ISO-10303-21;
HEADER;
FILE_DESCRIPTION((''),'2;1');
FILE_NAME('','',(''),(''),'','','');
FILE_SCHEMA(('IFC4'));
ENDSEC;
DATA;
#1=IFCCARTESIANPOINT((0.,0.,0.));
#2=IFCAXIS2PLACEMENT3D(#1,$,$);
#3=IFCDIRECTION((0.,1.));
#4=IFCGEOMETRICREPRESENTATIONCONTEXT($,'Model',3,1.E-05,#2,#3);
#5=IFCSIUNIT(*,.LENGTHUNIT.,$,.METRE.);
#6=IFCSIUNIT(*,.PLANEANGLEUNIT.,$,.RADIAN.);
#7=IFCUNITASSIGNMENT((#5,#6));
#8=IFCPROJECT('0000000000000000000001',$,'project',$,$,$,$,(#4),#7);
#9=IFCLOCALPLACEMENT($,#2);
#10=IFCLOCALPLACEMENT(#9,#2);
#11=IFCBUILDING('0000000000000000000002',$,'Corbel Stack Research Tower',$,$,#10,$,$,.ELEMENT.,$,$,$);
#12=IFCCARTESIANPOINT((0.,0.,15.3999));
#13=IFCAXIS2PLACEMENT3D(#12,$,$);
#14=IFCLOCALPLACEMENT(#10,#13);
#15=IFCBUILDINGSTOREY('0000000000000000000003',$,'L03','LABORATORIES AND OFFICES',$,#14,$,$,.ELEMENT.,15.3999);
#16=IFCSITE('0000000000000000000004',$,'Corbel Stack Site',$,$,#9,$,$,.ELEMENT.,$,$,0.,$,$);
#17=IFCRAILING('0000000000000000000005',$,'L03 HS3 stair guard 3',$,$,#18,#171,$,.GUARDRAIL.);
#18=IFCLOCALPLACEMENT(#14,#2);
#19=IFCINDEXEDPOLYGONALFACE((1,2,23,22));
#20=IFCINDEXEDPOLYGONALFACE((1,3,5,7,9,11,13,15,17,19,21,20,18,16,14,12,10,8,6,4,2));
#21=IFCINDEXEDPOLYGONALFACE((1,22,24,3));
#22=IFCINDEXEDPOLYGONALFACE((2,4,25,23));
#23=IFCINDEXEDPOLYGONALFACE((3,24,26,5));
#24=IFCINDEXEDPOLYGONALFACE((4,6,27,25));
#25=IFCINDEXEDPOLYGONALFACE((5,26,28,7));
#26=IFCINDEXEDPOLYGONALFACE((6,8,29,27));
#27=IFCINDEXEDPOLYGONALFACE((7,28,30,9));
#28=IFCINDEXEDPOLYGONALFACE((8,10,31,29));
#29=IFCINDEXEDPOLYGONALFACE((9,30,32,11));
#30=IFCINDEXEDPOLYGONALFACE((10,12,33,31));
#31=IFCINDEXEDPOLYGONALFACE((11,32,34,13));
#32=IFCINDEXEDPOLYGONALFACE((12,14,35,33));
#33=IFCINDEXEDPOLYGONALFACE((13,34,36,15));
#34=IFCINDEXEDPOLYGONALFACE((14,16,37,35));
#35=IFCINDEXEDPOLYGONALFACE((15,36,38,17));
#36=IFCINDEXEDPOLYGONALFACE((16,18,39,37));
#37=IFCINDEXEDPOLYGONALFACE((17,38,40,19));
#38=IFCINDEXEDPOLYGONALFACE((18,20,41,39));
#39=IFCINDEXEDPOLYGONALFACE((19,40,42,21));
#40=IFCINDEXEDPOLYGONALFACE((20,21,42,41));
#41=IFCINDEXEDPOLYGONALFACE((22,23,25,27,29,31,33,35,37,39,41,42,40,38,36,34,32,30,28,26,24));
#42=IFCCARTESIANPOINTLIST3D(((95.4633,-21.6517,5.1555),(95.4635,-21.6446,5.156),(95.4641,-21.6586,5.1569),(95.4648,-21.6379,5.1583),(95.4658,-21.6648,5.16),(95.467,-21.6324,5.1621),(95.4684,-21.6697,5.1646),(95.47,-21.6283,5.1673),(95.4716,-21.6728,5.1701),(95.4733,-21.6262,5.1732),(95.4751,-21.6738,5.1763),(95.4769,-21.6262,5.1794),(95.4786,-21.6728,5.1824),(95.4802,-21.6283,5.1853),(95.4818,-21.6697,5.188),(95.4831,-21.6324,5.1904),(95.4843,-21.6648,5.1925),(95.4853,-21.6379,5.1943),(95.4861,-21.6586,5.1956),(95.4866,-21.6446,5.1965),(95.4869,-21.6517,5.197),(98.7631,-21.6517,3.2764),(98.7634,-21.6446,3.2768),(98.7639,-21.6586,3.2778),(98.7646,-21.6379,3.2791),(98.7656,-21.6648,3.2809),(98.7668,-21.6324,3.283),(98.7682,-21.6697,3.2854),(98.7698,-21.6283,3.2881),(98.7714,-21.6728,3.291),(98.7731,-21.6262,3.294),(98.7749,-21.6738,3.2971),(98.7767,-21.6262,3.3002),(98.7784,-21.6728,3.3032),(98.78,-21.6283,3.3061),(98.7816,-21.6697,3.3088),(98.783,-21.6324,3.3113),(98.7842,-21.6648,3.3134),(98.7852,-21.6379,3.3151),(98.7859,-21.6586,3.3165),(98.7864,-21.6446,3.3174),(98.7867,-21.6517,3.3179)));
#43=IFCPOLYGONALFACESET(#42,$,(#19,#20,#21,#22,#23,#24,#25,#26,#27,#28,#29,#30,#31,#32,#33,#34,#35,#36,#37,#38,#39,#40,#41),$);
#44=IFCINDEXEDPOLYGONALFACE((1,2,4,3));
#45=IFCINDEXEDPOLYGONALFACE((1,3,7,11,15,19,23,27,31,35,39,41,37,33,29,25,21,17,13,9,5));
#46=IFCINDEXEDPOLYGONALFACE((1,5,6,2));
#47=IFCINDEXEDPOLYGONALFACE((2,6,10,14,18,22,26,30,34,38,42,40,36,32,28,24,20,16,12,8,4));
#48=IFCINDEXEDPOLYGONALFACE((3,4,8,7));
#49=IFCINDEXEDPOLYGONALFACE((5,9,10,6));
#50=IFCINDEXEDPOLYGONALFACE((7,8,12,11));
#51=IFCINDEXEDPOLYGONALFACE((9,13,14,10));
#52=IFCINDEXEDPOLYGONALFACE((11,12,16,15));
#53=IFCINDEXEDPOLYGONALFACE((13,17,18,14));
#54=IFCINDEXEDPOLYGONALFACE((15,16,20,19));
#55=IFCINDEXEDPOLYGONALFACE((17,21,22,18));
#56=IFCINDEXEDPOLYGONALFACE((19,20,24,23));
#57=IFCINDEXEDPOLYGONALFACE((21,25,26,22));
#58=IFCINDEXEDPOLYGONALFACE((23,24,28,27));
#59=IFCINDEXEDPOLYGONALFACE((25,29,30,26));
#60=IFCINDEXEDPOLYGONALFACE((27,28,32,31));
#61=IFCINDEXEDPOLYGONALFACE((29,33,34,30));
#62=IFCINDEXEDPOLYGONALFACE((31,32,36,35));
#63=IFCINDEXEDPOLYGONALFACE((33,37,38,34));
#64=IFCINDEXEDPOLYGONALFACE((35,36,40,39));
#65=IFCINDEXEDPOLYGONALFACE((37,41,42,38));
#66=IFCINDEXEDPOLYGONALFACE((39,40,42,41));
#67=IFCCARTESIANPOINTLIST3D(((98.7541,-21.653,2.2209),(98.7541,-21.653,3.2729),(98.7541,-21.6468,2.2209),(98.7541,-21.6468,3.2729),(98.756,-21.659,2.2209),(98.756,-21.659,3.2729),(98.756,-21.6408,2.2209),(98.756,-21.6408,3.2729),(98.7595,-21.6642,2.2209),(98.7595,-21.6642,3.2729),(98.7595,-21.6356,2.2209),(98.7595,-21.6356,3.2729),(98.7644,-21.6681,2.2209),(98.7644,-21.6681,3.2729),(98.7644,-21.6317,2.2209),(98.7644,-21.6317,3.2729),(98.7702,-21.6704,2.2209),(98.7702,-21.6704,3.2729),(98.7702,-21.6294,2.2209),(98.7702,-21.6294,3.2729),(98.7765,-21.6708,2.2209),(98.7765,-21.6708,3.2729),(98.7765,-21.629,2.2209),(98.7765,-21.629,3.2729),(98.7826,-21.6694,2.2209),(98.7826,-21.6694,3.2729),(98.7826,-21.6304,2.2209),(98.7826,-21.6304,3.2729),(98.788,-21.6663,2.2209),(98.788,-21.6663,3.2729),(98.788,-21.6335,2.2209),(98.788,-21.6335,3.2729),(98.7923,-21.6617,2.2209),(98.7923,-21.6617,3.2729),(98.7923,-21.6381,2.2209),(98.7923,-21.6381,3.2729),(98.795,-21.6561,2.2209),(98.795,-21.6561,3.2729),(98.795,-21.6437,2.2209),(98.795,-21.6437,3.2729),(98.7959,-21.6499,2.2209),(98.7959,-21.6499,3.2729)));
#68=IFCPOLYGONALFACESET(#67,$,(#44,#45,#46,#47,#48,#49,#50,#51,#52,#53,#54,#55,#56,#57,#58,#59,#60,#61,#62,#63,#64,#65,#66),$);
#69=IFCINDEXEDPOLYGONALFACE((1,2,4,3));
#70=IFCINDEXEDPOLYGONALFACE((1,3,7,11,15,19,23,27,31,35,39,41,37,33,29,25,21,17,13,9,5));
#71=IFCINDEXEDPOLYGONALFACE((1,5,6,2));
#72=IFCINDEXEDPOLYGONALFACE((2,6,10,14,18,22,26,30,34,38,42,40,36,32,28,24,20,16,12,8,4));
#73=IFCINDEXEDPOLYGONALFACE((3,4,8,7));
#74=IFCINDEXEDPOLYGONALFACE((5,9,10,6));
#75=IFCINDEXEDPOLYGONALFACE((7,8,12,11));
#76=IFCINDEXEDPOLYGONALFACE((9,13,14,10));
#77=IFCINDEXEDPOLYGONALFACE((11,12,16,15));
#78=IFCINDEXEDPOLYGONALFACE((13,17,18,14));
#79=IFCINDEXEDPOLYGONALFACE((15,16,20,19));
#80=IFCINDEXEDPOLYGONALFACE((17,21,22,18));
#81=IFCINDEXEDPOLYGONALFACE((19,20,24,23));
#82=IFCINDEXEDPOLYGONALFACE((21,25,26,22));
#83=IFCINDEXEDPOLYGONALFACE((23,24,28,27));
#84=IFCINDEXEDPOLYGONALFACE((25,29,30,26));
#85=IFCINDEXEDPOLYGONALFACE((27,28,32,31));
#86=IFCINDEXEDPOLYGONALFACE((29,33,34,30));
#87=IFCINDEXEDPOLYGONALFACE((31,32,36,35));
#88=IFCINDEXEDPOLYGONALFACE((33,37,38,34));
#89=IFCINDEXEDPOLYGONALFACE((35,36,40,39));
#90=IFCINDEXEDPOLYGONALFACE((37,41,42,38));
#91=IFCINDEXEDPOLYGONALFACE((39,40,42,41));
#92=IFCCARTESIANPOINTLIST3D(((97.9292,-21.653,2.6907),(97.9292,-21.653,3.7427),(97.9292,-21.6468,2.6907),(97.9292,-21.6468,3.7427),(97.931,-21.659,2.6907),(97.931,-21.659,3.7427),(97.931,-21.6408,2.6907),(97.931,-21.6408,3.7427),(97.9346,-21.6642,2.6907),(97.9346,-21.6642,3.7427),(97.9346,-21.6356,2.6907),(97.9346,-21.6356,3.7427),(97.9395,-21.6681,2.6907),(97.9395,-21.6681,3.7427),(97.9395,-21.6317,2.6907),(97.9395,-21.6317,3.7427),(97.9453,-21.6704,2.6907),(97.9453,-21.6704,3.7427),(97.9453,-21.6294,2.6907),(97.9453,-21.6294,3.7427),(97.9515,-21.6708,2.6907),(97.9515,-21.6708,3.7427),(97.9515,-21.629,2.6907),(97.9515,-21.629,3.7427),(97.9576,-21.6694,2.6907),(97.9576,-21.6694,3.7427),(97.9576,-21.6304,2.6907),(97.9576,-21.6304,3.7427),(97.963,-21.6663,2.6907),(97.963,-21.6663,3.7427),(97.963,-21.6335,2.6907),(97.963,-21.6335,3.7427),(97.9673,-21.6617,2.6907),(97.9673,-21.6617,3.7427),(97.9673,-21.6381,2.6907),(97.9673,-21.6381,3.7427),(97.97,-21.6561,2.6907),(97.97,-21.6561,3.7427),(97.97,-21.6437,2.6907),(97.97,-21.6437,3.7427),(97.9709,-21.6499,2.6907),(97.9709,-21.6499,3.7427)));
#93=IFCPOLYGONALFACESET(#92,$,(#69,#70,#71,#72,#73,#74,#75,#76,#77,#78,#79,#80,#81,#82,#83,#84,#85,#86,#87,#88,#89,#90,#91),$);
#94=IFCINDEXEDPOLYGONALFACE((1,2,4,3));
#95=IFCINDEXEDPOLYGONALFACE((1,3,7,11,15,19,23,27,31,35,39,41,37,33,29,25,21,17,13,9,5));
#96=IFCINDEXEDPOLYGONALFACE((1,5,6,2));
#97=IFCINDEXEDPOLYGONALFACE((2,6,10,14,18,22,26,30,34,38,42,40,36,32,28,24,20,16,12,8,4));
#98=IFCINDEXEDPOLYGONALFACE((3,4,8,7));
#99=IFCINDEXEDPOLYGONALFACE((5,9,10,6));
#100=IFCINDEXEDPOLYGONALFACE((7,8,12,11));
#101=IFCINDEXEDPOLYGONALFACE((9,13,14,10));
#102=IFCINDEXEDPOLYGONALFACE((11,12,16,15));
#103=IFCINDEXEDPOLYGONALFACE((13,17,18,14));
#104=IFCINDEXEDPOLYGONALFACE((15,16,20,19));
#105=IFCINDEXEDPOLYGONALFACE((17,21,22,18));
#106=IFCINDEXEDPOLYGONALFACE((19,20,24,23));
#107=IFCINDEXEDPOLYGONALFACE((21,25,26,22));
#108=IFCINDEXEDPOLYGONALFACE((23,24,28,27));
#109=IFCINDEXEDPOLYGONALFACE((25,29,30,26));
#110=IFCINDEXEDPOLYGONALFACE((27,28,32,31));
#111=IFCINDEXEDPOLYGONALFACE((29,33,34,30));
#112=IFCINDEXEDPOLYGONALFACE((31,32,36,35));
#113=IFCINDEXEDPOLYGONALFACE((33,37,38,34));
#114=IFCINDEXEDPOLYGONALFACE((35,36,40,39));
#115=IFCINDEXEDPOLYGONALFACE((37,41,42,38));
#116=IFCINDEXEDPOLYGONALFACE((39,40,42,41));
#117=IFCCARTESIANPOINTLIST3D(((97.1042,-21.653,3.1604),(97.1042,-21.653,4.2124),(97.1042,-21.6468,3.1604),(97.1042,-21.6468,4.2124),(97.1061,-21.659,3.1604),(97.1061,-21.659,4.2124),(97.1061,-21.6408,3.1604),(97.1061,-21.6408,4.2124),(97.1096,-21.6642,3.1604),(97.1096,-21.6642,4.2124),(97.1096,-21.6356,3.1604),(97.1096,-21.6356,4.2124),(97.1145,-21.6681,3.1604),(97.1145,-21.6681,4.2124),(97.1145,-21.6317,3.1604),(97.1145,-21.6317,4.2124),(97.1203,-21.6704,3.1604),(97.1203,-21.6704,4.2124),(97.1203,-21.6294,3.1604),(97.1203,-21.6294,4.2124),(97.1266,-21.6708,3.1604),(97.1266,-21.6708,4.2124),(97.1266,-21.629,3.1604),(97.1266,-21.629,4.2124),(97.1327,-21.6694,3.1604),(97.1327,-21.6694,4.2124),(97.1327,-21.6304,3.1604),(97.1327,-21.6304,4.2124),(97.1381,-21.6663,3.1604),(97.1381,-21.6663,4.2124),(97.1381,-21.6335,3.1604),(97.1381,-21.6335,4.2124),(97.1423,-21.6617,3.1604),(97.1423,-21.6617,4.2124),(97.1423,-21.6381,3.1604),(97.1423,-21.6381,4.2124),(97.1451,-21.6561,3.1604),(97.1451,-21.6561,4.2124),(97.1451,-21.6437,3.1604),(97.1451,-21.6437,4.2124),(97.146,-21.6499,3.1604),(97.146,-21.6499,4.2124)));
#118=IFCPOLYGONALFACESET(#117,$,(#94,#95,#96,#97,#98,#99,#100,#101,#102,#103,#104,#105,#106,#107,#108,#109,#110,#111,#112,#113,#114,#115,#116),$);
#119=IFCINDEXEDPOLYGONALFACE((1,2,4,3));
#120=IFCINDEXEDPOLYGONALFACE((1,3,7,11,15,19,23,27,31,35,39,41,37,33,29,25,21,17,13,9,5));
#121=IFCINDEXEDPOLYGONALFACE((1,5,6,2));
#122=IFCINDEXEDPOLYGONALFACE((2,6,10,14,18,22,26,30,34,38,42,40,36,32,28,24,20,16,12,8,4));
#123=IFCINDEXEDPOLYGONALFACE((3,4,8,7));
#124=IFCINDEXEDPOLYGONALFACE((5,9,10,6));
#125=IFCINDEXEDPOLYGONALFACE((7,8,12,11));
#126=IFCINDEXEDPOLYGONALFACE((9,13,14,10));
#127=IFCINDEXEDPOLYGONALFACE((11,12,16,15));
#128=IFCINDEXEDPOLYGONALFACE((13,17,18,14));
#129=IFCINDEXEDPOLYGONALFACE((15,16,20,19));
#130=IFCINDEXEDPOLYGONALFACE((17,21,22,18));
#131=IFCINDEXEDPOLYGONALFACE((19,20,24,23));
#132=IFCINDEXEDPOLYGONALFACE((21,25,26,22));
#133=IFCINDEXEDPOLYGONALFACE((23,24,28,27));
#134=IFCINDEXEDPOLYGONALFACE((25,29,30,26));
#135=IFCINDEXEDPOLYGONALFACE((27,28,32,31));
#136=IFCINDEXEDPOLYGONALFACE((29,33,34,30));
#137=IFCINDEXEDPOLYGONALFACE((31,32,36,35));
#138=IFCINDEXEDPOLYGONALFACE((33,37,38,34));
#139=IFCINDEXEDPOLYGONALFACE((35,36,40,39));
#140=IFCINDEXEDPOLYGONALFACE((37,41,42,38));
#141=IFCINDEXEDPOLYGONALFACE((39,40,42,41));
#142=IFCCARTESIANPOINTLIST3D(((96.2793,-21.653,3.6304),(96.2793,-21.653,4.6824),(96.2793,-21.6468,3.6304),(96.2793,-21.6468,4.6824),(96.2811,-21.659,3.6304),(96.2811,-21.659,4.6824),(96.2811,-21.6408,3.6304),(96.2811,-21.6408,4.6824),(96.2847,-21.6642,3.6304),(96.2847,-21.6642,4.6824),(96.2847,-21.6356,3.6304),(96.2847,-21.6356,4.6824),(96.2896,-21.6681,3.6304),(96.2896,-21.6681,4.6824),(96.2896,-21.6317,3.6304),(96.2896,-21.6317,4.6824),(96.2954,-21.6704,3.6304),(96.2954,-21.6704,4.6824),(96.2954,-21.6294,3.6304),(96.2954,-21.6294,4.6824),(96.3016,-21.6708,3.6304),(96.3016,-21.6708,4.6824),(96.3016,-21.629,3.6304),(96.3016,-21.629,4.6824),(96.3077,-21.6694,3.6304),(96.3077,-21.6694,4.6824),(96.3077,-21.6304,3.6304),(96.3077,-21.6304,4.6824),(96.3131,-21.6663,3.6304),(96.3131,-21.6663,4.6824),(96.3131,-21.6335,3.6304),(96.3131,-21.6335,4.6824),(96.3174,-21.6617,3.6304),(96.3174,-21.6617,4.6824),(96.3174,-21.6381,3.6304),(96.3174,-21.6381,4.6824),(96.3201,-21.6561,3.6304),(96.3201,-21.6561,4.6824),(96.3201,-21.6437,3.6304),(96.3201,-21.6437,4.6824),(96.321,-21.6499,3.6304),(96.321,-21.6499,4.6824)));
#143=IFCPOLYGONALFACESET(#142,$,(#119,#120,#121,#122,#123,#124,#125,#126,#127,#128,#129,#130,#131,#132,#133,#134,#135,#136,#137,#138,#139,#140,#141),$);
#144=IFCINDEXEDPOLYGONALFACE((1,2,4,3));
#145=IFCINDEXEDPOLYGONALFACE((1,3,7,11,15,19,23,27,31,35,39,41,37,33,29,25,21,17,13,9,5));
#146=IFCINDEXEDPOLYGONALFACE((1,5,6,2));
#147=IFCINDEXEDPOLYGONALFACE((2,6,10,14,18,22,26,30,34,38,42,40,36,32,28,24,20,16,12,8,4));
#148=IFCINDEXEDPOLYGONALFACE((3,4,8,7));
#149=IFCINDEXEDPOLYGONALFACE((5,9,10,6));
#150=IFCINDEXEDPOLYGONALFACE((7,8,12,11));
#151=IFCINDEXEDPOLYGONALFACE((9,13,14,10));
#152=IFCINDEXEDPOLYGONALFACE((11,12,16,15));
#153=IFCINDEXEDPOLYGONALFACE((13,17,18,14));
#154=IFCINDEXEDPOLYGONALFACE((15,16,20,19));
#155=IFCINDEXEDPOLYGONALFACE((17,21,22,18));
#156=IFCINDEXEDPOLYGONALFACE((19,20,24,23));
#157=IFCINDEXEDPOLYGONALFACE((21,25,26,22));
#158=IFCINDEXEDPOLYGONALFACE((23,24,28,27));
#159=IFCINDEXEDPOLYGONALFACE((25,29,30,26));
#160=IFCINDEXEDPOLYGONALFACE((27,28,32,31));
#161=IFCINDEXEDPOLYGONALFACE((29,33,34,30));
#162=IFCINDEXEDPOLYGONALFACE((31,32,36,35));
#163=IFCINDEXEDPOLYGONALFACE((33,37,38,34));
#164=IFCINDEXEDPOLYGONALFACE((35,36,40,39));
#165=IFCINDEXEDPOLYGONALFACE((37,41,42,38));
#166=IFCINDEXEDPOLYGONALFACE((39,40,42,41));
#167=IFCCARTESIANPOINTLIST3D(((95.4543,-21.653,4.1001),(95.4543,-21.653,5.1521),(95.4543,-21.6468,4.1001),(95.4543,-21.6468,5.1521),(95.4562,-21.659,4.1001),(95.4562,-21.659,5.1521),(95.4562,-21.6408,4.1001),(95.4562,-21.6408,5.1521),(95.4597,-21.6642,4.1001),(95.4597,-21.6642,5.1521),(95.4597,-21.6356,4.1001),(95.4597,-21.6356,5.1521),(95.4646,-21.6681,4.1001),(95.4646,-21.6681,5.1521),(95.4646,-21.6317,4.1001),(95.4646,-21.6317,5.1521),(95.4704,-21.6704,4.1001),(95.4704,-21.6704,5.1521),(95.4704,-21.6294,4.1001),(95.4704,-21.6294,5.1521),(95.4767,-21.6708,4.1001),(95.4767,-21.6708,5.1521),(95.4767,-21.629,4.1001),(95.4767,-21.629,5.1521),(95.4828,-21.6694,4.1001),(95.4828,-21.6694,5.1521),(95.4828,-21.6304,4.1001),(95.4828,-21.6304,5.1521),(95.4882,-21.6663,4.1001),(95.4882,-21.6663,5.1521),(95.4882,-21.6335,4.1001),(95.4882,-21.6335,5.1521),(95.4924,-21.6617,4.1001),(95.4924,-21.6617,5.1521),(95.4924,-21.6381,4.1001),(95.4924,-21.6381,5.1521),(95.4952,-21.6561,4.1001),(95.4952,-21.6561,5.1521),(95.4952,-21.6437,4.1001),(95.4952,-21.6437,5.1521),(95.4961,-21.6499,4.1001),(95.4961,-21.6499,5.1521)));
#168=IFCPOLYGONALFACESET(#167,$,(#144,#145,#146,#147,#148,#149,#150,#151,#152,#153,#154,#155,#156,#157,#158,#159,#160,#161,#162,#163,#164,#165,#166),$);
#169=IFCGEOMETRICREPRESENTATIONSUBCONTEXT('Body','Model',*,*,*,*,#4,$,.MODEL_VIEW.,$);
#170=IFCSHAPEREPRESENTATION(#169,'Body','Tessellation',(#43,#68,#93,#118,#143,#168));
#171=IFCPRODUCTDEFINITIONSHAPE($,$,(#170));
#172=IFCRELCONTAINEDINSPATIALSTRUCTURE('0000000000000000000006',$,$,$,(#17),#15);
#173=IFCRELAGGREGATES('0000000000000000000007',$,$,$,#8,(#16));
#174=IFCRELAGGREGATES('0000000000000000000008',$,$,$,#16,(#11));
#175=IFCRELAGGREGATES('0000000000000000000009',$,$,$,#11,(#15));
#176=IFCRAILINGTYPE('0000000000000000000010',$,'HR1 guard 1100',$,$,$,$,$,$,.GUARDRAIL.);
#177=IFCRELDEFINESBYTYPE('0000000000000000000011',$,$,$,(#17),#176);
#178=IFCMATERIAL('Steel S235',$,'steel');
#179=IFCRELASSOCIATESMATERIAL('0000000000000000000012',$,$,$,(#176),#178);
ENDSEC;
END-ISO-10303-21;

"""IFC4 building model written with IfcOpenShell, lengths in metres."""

from ifc_helpers import new_model, si_unit, direction, frame, origin, origin_2d, place, context, subcontext, project, spatial, circle, extrude, material, type_object, element, save


model = new_model("IFC4")

# Units and contexts
model_context = context("Model", 3, precision=1e-05, world=origin(), true_north=direction((0.0, 1.0)))
body_context = subcontext(model_context, "Body", "Model", "MODEL_VIEW")
ifc_project = project(units=[si_unit("LENGTHUNIT", "METRE"), si_unit("PLANEANGLEUNIT", "RADIAN")], contexts=[model_context])

# Site, building, storey
site_placement = place(None, origin())
site = spatial("IfcSite", under=ifc_project, at=site_placement, Name="Corbel Stack Site", CompositionType="ELEMENT", RefElevation=0.0)
building_placement = place(site_placement, origin())
building = spatial("IfcBuilding", under=site, at=building_placement, Name="Corbel Stack Research Tower", CompositionType="ELEMENT")
storey_placement = place(building_placement, frame((0.0, 0.0, 15.3999)))
storey = spatial("IfcBuildingStorey", under=building, at=storey_placement, Name="L03", Description="LABORATORIES AND OFFICES", CompositionType="ELEMENT", Elevation=15.3999)

# Railing
ifc_material_1 = material(Name="Steel S235", Category="steel")
railing_type_1 = type_object("IfcRailingType", Name="HR1 guard 1100", PredefinedType="GUARDRAIL", material=ifc_material_1)
railing_1_placement = place(storey_placement, frame((98.7749, -21.6499, 2.2209)))
element("IfcRailing", 1, at=railing_1_placement, inside=storey, type_object=railing_type_1, Name="L03 HS3 stair guard 3", PredefinedType="GUARDRAIL", context=body_context, shape_type="SweptSolid", body=[
    extrude(circle(Radius=0.0239, at=origin_2d()), frame((0.0, 0.0, 1.0762), z_axis=(-0.868974, 0.0, 0.494857), x_axis=(0.0, -1.0, 0.0)), (0.0, 0.0, 1.0), 3.7974),
    extrude(circle(Radius=0.021, at=origin_2d()), origin(), (0.0, 0.0, 1.0), 1.052),
    extrude(circle(Radius=0.021, at=origin_2d()), frame((-0.825, 0.0, 0.4697)), (0.0, 0.0, 1.0), 1.052),
    extrude(circle(Radius=0.021, at=origin_2d()), frame((-1.6499, 0.0, 0.9395)), (0.0, 0.0, 1.0), 1.052),
    extrude(circle(Radius=0.021, at=origin_2d()), frame((-2.4749, 0.0, 1.4094)), (0.0, 0.0, 1.0), 1.052),
    extrude(circle(Radius=0.021, at=origin_2d()), frame((-3.2998, 0.0, 1.8792)), (0.0, 0.0, 1.0), 1.052),
])

save(model, "model.ifc")
